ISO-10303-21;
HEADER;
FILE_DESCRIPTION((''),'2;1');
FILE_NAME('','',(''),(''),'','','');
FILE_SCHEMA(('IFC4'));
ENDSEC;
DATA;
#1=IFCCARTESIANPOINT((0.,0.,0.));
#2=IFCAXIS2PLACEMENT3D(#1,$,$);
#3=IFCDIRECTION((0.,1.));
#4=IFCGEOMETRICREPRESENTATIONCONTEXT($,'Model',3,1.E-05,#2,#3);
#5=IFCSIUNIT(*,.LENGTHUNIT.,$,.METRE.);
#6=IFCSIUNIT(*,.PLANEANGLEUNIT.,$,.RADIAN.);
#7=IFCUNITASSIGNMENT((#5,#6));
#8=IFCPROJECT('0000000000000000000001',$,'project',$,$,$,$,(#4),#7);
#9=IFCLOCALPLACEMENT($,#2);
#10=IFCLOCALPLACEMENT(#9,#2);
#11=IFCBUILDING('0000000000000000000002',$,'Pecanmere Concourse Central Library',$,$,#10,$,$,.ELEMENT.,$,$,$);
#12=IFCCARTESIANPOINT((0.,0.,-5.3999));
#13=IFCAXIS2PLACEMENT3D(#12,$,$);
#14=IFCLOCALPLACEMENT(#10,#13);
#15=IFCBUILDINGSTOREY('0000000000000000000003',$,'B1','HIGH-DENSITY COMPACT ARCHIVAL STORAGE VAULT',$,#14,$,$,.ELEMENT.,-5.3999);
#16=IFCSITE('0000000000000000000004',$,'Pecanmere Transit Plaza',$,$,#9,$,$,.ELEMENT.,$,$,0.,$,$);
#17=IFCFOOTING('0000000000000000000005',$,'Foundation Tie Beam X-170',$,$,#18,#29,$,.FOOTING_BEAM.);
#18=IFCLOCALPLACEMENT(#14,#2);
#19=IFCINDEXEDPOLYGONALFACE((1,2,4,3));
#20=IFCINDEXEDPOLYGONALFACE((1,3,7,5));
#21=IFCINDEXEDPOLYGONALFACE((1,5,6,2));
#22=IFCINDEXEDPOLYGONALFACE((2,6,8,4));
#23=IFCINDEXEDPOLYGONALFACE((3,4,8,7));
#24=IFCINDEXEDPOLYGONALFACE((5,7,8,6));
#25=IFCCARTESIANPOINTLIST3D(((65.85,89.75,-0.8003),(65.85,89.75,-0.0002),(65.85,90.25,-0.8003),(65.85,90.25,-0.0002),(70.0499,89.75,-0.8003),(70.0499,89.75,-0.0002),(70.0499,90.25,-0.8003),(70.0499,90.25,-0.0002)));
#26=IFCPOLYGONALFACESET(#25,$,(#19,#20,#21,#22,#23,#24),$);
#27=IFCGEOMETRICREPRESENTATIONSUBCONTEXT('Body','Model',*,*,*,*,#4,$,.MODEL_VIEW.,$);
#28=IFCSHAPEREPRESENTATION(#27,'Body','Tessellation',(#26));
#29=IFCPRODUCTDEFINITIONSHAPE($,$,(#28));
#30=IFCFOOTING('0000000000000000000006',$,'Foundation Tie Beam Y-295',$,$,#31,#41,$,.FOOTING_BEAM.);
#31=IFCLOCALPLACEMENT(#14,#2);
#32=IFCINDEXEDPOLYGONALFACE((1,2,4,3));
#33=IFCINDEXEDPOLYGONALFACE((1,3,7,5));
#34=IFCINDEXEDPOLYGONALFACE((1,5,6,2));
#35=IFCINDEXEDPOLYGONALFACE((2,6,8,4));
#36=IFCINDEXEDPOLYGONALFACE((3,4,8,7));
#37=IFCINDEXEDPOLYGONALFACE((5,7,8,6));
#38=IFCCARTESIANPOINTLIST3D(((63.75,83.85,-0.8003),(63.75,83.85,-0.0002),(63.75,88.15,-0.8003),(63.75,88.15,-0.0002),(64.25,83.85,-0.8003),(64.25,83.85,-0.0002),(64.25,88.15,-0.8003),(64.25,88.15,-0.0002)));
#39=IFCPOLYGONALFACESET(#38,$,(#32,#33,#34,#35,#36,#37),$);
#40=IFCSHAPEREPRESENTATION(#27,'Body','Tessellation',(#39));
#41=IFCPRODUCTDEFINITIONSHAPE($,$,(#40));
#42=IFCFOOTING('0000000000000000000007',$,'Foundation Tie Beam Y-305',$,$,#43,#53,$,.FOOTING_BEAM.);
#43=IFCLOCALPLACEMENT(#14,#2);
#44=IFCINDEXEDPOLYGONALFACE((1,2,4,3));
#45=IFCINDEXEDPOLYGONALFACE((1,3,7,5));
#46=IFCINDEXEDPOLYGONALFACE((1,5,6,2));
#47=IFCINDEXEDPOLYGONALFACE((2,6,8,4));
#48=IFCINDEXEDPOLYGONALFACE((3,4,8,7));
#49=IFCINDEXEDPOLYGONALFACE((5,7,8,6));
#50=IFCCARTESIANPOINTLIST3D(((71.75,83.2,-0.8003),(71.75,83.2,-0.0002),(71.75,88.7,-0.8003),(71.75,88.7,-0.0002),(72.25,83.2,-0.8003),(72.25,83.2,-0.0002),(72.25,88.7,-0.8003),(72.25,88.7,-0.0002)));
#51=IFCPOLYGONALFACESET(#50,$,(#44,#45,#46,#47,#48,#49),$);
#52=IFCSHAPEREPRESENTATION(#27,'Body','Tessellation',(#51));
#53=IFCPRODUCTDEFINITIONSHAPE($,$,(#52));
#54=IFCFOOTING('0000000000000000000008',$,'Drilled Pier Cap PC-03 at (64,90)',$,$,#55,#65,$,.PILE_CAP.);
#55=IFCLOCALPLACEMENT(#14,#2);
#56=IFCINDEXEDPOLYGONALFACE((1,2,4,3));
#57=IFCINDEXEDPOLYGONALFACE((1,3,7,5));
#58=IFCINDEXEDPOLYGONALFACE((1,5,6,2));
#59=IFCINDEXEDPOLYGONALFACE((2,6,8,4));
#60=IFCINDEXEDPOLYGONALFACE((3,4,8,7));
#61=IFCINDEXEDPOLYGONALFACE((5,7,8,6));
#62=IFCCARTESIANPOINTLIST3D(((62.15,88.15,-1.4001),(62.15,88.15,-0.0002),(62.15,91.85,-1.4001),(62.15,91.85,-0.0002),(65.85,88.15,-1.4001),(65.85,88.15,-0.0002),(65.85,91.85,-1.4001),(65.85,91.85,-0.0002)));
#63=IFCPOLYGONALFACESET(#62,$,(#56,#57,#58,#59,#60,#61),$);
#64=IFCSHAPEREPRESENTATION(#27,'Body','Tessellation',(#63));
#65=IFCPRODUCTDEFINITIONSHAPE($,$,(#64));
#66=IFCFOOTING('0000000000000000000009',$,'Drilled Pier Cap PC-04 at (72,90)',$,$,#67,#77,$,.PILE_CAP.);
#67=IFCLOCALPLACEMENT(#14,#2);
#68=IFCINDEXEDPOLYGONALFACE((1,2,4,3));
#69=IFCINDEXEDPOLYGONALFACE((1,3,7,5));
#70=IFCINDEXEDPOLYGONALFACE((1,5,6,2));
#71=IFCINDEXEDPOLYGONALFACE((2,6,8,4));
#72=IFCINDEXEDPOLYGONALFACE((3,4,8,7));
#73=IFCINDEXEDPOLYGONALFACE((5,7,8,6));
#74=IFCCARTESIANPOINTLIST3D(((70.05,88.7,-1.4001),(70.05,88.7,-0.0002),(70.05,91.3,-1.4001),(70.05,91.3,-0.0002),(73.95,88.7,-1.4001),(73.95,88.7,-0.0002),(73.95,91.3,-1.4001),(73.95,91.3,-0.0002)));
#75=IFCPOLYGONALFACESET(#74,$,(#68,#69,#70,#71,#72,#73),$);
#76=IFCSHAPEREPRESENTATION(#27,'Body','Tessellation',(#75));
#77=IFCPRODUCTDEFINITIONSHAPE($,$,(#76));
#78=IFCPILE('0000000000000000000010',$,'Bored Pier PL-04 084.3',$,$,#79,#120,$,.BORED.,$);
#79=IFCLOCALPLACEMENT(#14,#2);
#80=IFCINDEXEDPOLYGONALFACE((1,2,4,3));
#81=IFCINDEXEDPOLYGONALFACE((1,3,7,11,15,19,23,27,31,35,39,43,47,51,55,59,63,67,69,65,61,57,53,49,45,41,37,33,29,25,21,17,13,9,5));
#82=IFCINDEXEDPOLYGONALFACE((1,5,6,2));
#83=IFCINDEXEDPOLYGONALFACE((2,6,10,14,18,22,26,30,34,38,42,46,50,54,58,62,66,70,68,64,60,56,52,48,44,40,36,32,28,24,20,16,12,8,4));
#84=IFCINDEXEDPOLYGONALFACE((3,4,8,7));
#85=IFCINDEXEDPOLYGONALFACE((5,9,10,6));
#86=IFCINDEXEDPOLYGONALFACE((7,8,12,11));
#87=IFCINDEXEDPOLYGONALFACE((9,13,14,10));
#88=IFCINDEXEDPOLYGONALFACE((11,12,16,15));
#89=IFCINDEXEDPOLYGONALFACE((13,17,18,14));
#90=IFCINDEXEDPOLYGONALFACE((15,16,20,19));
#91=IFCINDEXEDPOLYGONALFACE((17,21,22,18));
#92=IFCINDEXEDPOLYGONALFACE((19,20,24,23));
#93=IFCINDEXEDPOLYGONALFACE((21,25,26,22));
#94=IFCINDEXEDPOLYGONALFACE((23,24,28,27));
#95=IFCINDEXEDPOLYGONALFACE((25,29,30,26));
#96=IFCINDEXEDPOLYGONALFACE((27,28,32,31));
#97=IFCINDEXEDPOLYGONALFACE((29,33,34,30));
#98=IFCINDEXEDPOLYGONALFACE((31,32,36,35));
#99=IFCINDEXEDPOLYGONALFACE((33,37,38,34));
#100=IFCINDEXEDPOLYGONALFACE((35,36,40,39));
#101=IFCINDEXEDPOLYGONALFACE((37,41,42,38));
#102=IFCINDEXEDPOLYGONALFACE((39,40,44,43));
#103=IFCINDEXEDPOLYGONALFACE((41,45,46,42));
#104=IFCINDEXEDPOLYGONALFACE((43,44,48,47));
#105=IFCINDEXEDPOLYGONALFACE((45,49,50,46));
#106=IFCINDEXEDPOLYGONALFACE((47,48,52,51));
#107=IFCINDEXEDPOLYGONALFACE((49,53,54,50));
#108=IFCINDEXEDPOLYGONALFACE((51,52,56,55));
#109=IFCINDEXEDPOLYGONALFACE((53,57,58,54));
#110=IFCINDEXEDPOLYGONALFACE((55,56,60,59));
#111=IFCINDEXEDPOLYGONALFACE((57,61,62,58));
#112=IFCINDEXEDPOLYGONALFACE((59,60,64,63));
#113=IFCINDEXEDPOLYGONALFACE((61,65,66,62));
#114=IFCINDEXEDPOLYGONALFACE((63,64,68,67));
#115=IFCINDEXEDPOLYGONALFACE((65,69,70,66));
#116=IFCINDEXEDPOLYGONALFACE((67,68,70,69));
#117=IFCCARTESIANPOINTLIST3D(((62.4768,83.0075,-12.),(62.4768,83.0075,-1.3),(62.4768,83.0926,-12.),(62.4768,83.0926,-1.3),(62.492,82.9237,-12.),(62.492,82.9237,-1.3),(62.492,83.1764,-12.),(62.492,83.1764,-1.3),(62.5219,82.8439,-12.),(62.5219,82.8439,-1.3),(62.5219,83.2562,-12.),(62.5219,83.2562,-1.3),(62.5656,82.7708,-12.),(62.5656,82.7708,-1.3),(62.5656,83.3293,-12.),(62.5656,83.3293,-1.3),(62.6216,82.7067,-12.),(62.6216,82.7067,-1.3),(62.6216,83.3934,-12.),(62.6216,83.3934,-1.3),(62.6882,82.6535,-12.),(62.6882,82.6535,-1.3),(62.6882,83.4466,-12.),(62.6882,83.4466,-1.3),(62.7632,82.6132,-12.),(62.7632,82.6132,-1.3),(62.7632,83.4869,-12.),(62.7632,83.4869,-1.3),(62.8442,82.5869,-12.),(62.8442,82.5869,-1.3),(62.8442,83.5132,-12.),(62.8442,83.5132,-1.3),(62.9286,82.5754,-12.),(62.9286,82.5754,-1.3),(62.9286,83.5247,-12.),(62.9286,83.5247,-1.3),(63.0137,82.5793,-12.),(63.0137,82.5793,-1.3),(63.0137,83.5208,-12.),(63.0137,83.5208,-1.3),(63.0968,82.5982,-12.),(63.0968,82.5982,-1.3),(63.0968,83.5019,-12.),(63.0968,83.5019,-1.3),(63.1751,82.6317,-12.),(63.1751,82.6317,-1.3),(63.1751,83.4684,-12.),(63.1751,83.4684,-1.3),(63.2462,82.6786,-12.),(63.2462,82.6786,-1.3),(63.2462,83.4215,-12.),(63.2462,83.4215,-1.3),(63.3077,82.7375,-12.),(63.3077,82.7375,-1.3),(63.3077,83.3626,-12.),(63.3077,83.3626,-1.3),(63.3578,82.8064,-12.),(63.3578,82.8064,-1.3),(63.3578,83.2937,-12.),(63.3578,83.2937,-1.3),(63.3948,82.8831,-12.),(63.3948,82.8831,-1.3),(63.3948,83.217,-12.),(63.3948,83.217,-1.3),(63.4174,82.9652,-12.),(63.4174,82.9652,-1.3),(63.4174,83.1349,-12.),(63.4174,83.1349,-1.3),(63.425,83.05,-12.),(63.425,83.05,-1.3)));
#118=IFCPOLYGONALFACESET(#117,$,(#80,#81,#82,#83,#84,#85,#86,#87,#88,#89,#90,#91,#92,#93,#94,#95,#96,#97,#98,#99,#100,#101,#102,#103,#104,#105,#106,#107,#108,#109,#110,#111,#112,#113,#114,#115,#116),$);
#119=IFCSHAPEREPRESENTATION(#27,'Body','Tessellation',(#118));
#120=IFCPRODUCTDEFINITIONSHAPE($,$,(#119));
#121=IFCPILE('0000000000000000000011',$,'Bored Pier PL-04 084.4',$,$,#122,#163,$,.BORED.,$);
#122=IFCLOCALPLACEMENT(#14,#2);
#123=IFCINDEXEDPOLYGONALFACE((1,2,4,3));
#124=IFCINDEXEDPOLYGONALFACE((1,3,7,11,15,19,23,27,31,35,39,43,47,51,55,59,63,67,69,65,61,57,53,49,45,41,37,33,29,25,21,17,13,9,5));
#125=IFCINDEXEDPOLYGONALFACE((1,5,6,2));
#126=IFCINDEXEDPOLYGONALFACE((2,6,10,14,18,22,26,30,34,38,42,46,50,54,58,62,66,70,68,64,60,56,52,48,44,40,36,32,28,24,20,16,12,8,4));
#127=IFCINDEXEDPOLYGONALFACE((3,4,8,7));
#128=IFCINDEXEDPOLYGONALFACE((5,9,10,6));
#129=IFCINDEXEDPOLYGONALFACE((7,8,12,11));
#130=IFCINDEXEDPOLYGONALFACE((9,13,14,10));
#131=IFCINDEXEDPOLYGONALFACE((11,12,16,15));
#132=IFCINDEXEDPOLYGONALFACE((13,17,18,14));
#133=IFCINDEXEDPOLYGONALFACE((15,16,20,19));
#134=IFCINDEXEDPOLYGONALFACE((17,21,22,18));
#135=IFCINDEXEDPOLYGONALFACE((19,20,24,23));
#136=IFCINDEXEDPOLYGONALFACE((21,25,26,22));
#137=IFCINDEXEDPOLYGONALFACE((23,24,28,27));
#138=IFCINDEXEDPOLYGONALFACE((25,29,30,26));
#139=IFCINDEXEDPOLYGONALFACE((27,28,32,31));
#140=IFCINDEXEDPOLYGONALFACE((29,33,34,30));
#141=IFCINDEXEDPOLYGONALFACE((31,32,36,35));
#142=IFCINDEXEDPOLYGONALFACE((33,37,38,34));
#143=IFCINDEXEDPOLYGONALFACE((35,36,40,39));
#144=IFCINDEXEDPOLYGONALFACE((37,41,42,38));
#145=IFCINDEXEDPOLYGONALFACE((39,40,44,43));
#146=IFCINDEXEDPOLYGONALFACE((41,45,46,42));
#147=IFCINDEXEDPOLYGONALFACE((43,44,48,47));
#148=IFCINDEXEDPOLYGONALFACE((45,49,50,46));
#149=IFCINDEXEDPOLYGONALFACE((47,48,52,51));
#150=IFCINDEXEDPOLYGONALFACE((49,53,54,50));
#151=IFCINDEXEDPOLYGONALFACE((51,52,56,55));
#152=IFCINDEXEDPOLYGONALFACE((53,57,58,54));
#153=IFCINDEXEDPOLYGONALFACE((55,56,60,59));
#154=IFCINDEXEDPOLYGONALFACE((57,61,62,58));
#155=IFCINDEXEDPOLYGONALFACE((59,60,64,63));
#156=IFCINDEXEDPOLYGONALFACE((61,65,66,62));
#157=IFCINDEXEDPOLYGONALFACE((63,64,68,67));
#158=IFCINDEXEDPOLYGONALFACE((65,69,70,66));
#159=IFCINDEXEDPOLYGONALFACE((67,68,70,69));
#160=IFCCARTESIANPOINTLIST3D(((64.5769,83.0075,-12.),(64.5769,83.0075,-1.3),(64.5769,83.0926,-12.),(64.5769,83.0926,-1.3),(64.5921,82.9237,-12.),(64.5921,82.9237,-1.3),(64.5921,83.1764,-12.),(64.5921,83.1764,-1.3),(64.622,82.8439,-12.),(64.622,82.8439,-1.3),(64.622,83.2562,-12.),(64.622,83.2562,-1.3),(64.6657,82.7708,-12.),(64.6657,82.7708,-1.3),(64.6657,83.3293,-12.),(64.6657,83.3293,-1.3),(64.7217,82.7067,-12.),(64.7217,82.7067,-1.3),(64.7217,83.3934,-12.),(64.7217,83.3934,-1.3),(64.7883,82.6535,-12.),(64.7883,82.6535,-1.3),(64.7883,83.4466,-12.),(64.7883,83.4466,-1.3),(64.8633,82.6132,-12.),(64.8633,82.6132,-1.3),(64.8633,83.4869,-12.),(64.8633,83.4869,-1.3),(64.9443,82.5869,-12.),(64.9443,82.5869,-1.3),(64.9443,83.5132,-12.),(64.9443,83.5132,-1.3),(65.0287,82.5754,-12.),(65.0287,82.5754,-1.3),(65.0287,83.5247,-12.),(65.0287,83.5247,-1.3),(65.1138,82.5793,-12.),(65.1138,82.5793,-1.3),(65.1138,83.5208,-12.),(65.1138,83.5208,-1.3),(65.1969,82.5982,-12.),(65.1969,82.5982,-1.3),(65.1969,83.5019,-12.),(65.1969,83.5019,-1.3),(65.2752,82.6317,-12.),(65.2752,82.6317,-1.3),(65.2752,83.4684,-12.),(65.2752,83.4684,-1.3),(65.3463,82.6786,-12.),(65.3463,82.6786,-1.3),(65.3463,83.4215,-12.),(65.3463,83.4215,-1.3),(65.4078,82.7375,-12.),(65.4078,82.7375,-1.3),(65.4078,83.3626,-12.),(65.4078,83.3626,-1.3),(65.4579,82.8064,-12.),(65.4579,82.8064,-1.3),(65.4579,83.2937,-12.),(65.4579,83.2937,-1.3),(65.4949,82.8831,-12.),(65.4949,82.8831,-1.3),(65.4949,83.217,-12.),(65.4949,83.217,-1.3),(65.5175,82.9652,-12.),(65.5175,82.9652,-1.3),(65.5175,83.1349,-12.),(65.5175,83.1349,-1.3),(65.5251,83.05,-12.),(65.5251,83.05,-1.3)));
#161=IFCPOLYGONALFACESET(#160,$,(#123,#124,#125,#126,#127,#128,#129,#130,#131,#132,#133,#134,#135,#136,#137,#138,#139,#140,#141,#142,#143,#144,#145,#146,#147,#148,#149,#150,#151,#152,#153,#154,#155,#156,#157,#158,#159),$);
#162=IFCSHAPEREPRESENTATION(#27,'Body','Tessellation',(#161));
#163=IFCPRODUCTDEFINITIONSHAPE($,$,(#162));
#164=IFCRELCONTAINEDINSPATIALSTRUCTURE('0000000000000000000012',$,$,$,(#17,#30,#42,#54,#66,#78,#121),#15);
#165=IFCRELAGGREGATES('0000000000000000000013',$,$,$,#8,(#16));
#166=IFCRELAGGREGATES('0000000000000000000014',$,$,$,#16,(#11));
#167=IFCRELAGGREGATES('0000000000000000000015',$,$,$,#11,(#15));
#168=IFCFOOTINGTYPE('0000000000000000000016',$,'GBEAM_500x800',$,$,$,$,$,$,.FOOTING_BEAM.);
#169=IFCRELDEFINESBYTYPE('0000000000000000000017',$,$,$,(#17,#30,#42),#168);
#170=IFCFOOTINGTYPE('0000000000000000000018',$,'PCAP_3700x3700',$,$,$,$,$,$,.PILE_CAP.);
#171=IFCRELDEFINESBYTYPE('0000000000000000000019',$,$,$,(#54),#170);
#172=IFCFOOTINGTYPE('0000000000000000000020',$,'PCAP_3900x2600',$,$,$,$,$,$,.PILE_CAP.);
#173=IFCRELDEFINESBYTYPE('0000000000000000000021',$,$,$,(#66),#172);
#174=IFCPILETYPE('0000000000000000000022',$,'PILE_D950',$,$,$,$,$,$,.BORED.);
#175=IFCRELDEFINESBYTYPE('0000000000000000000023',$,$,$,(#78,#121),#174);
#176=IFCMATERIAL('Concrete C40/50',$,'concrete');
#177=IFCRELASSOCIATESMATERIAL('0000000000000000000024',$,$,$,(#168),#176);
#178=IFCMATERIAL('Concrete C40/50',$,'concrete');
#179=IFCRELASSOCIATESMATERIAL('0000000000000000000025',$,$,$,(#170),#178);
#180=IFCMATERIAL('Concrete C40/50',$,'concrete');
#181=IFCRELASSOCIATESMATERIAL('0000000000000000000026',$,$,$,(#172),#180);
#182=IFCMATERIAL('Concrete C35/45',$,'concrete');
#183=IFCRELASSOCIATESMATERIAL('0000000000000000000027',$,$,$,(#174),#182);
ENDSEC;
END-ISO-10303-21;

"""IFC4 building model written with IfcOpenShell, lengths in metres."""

from ifc_helpers import new_model, si_unit, direction, frame, origin, origin_2d, place, context, subcontext, project, spatial, rectangle, circle, extrude, material, material_profile, profile_set, type_object, element, save


model = new_model("IFC4")

# Units and contexts
model_context = context("Model", 3, precision=1e-05, world=origin(), true_north=direction((0.0, 1.0)))
body_context = subcontext(model_context, "Body", "Model", "MODEL_VIEW")
ifc_project = project(units=[si_unit("LENGTHUNIT", "METRE"), si_unit("PLANEANGLEUNIT", "RADIAN")], contexts=[model_context])

# Site, building, storey
site_placement = place(None, origin())
site = spatial("IfcSite", under=ifc_project, at=site_placement, Name="Pecanmere Transit Plaza", CompositionType="ELEMENT", RefElevation=0.0)
building_placement = place(site_placement, origin())
building = spatial("IfcBuilding", under=site, at=building_placement, Name="Pecanmere Concourse Central Library", CompositionType="ELEMENT")
storey_placement = place(building_placement, frame((0.0, 0.0, -5.3999)))
storey = spatial("IfcBuildingStorey", under=building, at=storey_placement, Name="B1", Description="HIGH-DENSITY COMPACT ARCHIVAL STORAGE VAULT", CompositionType="ELEMENT", Elevation=-5.3999)

# Footings
ifc_material_1 = material(Name="Concrete C40/50", Category="concrete")
ifc_material_profile_1 = material_profile(ifc_material_1, rectangle(XDim=0.5, YDim=0.8, at=origin_2d()), Name="RC 500x800")
ifc_profile_set_1 = profile_set([ifc_material_profile_1], Name="Concrete C40/50")
footing_type_1 = type_object("IfcFootingType", Name="GBEAM_500x800", PredefinedType="FOOTING_BEAM", material=ifc_profile_set_1)
footing_1_placement = place(storey_placement, frame((67.95, 90.0, -0.8003), z_axis=(0.0, 0.0, 1.0), x_axis=(1.0, 0.0, 0.0)))
element("IfcFooting", 1, at=footing_1_placement, inside=storey, type_object=footing_type_1, Name="Foundation Tie Beam X-170", PredefinedType="FOOTING_BEAM", context=body_context, shape_type="SweptSolid", body=[
    extrude(rectangle(XDim=4.2, YDim=0.5, at=origin_2d()), origin(), (0.0, 0.0, 1.0), 0.8),
])
footing_2_placement = place(storey_placement, frame((64.0, 86.0, -0.8003), z_axis=(0.0, 0.0, 1.0), x_axis=(0.0, 1.0, 0.0)))
element("IfcFooting", 2, at=footing_2_placement, inside=storey, type_object=footing_type_1, Name="Foundation Tie Beam Y-295", PredefinedType="FOOTING_BEAM", context=body_context, shape_type="SweptSolid", body=[
    extrude(rectangle(XDim=4.3, YDim=0.5, at=origin_2d()), origin(), (0.0, 0.0, 1.0), 0.8),
])
footing_3_placement = place(storey_placement, frame((72.0, 85.95, -0.8003), z_axis=(0.0, 0.0, 1.0), x_axis=(0.0, 1.0, 0.0)))
element("IfcFooting", 3, at=footing_3_placement, inside=storey, type_object=footing_type_1, Name="Foundation Tie Beam Y-305", PredefinedType="FOOTING_BEAM", context=body_context, shape_type="SweptSolid", body=[
    extrude(rectangle(XDim=5.5, YDim=0.5, at=origin_2d()), origin(), (0.0, 0.0, 1.0), 0.8),
])
ifc_material_2 = material(Name="Concrete C40/50", Category="concrete")
footing_type_2 = type_object("IfcFootingType", Name="PCAP_3700x3700", PredefinedType="PILE_CAP", material=ifc_material_2)
footing_4_placement = place(storey_placement, frame((64.0, 90.0, -1.4001), z_axis=(0.0, 0.0, 1.0), x_axis=(1.0, 0.0, 0.0)))
element("IfcFooting", 4, at=footing_4_placement, inside=storey, type_object=footing_type_2, Name="Drilled Pier Cap PC-03 at (64,90)", PredefinedType="PILE_CAP", context=body_context, shape_type="SweptSolid", body=[
    extrude(rectangle(XDim=3.7, YDim=3.7, at=origin_2d()), origin(), (0.0, 0.0, 1.0), 1.3999),
])
ifc_material_3 = material(Name="Concrete C40/50", Category="concrete")
footing_type_3 = type_object("IfcFootingType", Name="PCAP_3900x2600", PredefinedType="PILE_CAP", material=ifc_material_3)
footing_5_placement = place(storey_placement, frame((72.0, 90.0, -1.4001), z_axis=(0.0, 0.0, 1.0), x_axis=(1.0, 0.0, 0.0)))
element("IfcFooting", 5, at=footing_5_placement, inside=storey, type_object=footing_type_3, Name="Drilled Pier Cap PC-04 at (72,90)", PredefinedType="PILE_CAP", context=body_context, shape_type="SweptSolid", body=[
    extrude(rectangle(XDim=3.8999, YDim=2.6001, at=origin_2d()), origin(), (0.0, 0.0, 1.0), 1.3999),
])

# Piles
ifc_material_4 = material(Name="Concrete C35/45", Category="concrete")
ifc_material_profile_2 = material_profile(ifc_material_4, circle(Radius=0.4751, at=origin_2d()), Name="PIER D950")
ifc_profile_set_2 = profile_set([ifc_material_profile_2], Name="Concrete C35/45")
pile_type = type_object("IfcPileType", Name="PILE_D950", PredefinedType="BORED", material=ifc_profile_set_2)
for number, where, z_axis, x_axis, name in (
    (6, (62.95, 83.05, -1.3), (0.0, 0.0, -1.0), (1.0, 0.0, 0.0), "Bored Pier PL-04 084.3"),
    (7, (65.05, 83.05, -1.3), (0.0, 0.0, -1.0), (1.0, 0.0, 0.0), "Bored Pier PL-04 084.4"),
):
    element("IfcPile", number, at=place(storey_placement, frame(where, z_axis=z_axis, x_axis=x_axis)), inside=storey, type_object=pile_type, Name=name, PredefinedType="BORED", context=body_context, shape_type="SweptSolid", body=[
        extrude(circle(Radius=0.4751, at=origin_2d()), origin(), (0.0, 0.0, 1.0), 10.7),
    ])

save(model, "model.ifc")
